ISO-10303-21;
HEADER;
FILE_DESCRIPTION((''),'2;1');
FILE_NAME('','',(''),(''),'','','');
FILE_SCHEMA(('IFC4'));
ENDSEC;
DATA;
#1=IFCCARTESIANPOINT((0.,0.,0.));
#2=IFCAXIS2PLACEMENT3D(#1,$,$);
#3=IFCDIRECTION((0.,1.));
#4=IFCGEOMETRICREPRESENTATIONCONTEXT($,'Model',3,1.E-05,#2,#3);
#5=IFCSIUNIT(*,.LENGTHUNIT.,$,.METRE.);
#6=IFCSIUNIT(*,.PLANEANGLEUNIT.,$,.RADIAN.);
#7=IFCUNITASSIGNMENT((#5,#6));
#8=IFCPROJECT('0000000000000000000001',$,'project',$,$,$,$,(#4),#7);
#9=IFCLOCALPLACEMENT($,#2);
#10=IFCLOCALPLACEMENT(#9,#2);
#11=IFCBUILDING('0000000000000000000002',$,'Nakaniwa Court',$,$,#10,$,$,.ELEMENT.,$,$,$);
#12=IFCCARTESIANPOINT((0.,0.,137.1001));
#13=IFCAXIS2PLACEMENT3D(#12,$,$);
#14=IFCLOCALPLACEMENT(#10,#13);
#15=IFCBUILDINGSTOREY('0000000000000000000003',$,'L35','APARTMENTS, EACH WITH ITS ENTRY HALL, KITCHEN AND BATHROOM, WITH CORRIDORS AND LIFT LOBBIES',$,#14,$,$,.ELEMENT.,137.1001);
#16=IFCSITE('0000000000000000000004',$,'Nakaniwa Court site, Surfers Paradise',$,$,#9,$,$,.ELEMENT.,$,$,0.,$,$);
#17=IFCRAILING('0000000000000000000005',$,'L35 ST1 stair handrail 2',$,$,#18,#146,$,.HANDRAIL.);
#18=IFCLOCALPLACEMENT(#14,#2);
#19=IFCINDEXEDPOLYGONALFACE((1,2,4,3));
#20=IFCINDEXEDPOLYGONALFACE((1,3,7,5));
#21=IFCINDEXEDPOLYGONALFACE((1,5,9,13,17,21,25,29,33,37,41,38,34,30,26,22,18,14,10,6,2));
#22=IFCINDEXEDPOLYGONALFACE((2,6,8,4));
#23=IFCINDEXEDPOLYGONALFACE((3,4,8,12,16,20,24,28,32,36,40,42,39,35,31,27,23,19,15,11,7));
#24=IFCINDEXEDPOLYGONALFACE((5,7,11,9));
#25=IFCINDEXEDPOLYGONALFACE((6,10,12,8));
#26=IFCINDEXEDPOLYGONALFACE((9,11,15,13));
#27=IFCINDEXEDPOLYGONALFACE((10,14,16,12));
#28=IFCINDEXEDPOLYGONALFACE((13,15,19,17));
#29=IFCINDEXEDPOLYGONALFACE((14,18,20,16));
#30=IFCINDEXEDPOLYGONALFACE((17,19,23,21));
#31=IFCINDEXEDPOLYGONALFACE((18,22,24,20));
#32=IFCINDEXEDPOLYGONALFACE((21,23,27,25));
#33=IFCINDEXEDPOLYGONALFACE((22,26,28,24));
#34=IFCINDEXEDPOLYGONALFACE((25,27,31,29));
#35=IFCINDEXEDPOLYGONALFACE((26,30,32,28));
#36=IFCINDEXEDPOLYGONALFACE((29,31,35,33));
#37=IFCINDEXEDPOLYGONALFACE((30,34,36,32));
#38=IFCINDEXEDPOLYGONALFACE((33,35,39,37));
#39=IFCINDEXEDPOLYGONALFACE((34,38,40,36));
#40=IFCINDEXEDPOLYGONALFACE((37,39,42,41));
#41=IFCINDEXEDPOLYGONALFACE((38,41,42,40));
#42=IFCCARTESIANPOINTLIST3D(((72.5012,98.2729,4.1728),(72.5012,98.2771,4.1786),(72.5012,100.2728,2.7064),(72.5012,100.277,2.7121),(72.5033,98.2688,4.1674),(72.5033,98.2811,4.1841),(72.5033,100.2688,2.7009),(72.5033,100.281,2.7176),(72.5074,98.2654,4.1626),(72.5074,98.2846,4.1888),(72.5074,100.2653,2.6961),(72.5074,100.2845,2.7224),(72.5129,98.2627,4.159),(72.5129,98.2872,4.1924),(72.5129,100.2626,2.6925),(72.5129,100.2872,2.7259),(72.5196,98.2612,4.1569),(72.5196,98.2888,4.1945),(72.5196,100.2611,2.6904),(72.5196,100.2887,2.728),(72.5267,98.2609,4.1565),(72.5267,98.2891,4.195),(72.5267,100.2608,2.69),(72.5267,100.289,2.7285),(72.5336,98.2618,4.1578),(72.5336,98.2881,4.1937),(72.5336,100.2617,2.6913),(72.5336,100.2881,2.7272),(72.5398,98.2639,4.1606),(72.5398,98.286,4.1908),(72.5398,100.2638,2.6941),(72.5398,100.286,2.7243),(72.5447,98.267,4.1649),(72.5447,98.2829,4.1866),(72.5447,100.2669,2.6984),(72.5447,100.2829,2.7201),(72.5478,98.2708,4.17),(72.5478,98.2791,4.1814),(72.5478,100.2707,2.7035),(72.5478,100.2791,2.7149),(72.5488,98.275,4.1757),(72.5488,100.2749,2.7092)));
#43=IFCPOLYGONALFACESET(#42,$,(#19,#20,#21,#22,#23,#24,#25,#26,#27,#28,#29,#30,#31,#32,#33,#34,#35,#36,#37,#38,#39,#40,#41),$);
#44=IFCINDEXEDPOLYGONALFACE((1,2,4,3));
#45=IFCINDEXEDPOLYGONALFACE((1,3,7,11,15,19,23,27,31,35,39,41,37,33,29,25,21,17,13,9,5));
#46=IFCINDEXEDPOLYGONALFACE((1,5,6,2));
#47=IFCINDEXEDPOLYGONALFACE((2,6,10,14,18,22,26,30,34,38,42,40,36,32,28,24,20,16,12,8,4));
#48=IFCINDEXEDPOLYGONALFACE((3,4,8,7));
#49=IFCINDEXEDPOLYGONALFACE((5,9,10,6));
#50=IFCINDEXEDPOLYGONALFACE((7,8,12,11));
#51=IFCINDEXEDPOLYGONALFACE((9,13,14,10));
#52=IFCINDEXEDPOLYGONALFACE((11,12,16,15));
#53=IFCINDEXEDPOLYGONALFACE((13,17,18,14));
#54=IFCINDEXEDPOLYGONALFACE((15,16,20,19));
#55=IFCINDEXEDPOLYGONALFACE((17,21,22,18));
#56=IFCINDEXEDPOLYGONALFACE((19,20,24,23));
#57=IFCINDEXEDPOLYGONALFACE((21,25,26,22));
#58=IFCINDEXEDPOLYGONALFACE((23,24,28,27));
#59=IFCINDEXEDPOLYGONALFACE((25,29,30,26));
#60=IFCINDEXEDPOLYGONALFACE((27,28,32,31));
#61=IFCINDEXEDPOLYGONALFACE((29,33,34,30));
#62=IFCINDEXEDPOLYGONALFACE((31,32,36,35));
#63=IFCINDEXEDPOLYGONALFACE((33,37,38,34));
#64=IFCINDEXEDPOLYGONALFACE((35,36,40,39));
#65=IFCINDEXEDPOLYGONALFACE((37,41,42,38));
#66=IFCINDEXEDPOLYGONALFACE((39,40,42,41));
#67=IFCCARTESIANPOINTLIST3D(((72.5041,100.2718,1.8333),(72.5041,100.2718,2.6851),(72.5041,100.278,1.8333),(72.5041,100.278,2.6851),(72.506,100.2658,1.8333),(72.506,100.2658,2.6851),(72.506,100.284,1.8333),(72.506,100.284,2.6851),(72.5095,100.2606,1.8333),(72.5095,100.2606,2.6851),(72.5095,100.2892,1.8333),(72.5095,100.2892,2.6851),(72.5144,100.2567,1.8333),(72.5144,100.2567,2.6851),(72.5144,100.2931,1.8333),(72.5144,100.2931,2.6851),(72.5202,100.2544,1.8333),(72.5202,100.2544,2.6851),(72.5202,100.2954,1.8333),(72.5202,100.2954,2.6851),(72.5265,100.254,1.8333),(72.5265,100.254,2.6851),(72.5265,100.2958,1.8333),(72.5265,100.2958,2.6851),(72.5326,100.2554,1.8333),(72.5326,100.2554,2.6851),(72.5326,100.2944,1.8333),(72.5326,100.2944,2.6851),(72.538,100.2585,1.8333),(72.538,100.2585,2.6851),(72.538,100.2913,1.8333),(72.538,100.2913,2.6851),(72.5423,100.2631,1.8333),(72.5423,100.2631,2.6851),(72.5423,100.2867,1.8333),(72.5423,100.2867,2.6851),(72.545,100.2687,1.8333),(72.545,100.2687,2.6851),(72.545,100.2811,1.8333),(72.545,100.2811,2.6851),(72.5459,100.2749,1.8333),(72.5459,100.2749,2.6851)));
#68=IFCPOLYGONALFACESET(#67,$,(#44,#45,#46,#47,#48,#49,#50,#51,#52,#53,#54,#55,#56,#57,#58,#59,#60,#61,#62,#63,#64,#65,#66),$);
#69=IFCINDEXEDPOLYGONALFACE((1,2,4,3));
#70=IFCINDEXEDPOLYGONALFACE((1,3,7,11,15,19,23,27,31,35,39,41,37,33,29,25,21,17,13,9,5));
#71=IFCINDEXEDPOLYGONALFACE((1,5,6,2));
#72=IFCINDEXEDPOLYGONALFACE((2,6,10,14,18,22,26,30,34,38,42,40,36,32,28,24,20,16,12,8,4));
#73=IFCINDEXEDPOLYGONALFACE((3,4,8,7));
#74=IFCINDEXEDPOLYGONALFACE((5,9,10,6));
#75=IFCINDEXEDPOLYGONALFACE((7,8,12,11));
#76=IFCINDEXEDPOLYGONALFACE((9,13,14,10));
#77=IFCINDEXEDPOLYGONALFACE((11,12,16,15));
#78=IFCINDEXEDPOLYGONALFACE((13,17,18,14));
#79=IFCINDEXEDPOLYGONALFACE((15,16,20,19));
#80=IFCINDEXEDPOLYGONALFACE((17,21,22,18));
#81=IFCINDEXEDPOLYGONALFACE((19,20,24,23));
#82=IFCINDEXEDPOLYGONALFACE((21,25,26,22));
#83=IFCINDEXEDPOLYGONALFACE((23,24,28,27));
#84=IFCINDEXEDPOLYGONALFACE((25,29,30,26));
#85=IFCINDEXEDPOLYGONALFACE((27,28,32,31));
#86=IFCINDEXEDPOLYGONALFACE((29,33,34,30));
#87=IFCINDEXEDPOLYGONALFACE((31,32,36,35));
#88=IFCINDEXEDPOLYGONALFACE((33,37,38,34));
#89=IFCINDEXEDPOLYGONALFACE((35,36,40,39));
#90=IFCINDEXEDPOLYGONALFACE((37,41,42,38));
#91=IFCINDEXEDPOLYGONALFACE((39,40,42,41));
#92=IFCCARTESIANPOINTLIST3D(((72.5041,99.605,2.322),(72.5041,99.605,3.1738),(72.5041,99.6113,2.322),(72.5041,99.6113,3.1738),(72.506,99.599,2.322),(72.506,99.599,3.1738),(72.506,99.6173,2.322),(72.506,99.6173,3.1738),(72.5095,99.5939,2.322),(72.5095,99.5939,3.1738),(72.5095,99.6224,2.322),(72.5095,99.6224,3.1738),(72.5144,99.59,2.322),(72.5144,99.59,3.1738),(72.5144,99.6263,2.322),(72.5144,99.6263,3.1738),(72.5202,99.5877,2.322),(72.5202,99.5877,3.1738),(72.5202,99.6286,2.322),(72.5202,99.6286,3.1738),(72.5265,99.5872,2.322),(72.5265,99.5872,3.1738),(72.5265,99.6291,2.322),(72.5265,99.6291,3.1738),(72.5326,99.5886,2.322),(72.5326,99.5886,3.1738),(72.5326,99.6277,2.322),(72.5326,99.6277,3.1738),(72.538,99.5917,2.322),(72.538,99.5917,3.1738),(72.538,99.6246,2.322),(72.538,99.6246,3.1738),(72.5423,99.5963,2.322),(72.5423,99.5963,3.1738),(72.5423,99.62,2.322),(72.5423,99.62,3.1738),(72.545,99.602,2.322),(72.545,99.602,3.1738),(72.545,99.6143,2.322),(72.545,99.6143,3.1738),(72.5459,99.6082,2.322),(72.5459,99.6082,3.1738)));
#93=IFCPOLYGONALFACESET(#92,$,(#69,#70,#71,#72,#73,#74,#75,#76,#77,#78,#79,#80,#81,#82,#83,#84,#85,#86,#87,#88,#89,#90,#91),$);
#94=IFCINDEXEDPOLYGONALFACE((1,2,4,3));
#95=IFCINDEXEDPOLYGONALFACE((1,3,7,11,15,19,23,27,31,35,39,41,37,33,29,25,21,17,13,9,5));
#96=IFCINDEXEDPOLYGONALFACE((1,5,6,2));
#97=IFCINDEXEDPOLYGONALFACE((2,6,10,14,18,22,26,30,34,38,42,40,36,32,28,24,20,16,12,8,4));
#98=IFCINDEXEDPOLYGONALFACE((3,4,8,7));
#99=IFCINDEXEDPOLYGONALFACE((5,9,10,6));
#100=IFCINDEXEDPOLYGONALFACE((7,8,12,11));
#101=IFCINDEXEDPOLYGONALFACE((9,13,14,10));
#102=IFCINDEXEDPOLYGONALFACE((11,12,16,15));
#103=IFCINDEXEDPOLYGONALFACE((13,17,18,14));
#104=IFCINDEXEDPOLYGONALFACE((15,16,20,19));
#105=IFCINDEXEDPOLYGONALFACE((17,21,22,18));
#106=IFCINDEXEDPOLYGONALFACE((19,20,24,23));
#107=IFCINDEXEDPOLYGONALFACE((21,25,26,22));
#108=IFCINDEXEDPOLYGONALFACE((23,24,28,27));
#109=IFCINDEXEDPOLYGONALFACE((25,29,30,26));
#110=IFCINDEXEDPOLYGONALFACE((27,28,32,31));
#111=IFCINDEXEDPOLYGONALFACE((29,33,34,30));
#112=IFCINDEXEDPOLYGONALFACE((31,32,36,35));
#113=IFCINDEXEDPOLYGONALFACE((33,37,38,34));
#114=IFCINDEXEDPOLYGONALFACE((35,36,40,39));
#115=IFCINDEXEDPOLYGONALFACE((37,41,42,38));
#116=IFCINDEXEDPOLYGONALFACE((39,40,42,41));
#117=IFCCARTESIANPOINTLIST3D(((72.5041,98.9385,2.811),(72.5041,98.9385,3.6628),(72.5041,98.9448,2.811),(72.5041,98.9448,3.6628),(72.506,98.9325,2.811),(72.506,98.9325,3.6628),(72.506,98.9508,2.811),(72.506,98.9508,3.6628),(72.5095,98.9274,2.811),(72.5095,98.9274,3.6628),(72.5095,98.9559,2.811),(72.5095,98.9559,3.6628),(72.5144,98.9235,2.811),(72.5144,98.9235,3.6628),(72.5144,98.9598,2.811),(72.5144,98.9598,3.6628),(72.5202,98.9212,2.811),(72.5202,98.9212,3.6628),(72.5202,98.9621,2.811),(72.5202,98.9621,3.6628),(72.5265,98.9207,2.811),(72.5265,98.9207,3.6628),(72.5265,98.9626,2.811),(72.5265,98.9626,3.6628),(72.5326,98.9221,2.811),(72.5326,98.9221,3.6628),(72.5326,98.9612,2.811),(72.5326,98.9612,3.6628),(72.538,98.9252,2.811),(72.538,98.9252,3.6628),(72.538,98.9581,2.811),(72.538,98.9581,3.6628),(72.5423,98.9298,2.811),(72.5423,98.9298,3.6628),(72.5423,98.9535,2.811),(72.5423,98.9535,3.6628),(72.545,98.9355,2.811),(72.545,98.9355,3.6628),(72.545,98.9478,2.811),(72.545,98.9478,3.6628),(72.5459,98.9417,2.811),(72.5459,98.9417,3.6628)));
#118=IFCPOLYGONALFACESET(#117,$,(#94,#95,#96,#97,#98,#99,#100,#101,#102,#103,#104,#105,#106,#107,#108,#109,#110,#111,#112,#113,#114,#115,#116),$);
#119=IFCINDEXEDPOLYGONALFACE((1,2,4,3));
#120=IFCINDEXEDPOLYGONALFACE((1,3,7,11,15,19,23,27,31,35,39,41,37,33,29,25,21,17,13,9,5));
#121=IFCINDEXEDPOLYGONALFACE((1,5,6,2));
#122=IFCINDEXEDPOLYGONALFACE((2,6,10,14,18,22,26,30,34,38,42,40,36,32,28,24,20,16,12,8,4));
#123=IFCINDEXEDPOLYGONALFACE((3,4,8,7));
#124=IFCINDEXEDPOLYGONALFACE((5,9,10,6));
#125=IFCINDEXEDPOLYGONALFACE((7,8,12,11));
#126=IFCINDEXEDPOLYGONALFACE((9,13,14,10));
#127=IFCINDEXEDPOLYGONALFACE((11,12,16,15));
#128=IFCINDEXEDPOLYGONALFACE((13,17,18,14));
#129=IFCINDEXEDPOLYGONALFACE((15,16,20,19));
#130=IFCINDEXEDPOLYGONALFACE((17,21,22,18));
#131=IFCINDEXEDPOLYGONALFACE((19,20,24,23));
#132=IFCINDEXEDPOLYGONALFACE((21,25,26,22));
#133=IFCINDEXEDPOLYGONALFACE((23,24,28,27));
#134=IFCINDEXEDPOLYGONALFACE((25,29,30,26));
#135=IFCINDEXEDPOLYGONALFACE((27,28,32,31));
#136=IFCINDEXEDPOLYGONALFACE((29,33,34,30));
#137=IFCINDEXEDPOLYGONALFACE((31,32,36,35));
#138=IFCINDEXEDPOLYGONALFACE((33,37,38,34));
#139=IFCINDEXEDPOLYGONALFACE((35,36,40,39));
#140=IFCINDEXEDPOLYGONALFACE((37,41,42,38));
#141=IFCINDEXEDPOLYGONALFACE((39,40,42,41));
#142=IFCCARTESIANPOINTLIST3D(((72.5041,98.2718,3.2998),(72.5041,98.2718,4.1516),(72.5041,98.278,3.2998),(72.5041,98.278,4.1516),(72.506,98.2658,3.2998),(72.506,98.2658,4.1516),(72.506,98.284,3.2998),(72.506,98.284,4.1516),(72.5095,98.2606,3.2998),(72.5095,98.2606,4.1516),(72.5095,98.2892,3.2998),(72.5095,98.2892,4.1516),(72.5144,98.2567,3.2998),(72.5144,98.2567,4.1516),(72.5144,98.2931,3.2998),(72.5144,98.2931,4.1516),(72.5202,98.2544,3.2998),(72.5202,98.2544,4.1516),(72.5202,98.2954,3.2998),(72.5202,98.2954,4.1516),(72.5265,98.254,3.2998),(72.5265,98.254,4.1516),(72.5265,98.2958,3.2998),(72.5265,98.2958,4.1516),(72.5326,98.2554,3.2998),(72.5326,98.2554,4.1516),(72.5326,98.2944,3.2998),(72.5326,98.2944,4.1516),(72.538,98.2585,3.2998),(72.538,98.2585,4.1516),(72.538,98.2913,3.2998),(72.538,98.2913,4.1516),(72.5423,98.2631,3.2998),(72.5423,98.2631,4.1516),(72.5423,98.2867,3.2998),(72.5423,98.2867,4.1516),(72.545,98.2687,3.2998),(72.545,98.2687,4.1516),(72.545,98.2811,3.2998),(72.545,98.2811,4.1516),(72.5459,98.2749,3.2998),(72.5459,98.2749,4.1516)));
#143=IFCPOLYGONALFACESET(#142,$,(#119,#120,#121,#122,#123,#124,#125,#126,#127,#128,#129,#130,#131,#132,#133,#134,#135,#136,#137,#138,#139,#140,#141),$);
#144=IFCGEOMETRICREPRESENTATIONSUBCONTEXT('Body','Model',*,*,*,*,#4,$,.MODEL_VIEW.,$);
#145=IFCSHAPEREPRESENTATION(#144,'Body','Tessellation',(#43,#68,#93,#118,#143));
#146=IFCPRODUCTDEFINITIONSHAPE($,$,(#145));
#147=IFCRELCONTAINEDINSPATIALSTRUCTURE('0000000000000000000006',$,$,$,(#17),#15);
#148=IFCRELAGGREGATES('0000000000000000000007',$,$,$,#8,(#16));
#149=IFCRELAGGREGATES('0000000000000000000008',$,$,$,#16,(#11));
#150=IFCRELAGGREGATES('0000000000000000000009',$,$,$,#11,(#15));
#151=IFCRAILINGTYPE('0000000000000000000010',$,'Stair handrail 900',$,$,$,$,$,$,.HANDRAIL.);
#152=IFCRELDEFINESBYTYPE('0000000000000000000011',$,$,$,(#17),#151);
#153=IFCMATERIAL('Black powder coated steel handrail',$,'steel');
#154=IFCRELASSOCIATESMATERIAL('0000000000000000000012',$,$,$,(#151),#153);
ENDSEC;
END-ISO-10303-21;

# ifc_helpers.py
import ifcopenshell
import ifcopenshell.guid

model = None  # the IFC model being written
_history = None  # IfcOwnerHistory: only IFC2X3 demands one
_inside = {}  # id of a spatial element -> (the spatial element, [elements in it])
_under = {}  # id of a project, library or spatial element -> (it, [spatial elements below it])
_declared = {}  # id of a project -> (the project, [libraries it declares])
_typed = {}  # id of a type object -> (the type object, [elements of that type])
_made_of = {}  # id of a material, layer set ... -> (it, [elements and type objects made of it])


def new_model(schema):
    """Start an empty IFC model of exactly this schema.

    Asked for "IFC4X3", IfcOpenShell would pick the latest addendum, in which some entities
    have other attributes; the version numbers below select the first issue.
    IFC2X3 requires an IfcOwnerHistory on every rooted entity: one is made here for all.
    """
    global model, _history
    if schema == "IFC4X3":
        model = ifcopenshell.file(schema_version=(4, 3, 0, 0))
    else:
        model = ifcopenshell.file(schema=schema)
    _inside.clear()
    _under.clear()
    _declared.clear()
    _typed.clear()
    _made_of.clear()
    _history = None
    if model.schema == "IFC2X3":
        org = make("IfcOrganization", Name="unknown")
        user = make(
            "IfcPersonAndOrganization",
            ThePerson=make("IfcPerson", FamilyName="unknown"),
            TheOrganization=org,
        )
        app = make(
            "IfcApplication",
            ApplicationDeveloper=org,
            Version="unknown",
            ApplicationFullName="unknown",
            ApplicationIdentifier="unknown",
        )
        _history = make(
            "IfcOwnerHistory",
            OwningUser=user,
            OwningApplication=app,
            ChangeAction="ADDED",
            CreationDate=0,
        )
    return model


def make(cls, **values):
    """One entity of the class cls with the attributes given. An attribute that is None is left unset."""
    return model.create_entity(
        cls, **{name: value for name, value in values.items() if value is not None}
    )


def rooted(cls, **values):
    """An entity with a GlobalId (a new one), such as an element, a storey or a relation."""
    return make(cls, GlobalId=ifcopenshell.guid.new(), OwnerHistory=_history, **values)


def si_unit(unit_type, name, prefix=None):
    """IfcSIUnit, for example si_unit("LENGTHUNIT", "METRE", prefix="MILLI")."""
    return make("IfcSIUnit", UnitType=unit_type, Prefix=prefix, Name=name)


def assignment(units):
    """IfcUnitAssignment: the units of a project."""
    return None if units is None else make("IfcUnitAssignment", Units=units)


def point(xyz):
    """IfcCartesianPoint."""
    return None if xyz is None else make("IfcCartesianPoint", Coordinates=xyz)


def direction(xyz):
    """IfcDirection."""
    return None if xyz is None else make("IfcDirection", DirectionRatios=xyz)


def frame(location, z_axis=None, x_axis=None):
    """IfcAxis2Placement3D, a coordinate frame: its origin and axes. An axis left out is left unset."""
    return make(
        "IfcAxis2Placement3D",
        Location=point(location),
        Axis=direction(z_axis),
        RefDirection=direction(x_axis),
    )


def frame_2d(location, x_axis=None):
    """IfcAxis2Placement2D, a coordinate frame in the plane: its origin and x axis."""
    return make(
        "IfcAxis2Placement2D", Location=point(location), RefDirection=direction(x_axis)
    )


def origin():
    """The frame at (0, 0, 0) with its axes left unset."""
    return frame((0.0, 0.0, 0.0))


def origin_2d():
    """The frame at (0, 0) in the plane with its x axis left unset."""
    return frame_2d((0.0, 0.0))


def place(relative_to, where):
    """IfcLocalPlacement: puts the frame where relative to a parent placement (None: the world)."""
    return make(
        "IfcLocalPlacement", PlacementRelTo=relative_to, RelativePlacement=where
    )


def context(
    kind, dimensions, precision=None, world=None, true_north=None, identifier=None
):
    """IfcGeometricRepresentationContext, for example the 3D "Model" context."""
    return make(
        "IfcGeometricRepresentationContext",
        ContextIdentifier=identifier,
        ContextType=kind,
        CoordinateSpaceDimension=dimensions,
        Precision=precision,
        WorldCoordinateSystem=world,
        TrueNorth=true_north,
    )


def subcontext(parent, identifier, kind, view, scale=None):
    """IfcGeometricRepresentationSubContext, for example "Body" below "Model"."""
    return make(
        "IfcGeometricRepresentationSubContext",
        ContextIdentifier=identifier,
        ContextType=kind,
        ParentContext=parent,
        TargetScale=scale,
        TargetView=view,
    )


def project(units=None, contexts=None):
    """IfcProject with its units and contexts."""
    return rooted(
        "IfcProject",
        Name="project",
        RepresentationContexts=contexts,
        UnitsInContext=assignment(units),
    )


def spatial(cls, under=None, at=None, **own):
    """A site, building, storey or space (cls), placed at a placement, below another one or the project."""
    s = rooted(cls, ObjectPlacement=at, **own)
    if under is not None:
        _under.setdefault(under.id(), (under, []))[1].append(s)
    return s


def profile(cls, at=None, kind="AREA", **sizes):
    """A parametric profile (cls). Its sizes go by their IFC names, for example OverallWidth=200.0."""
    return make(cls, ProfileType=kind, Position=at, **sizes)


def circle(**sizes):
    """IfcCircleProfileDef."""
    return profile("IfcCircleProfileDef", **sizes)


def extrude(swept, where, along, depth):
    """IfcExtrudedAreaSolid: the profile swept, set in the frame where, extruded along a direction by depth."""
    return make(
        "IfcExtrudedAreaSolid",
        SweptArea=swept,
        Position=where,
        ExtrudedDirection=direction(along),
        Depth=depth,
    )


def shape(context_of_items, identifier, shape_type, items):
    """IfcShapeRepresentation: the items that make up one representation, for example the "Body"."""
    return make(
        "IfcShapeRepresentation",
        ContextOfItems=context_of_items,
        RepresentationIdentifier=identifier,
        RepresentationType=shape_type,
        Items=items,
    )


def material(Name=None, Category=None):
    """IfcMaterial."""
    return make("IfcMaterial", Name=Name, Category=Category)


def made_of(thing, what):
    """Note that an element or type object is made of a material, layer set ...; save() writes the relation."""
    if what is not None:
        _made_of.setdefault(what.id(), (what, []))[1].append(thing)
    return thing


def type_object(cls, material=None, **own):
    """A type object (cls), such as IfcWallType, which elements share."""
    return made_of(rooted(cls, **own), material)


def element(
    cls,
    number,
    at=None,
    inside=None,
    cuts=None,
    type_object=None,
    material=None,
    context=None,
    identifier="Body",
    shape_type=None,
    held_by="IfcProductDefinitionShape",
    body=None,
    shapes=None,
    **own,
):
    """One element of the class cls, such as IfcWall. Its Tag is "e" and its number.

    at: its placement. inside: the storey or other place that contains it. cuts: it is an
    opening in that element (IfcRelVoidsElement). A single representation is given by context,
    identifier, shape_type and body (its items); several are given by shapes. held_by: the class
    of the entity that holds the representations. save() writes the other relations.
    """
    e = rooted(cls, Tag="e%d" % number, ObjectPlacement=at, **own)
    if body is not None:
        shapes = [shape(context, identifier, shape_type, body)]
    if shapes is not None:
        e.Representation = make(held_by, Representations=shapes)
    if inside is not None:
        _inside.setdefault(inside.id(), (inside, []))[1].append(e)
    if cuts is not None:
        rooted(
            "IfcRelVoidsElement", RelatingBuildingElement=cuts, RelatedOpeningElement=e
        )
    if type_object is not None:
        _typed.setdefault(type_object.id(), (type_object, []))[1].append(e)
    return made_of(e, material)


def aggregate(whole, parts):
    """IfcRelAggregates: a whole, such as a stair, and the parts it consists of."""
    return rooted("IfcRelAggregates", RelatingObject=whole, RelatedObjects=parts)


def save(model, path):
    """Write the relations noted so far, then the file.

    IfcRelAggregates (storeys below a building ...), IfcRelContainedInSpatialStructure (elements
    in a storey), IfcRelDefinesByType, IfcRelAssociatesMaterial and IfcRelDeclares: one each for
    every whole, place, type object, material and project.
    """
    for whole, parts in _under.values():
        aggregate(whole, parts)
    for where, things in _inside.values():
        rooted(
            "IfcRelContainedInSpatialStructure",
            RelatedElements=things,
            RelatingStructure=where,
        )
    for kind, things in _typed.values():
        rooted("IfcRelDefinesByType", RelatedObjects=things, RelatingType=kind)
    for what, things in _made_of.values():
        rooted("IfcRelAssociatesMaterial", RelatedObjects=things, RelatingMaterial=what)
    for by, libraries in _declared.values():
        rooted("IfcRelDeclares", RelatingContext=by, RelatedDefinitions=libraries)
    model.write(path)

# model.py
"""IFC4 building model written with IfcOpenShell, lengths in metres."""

from ifc_helpers import new_model, si_unit, direction, frame, origin, origin_2d, place, context, subcontext, project, spatial, circle, extrude, material, type_object, element, save


model = new_model("IFC4")

# Units and contexts
model_context = context("Model", 3, precision=1e-05, world=origin(), true_north=direction((0.0, 1.0)))
body_context = subcontext(model_context, "Body", "Model", "MODEL_VIEW")
ifc_project = project(units=[si_unit("LENGTHUNIT", "METRE"), si_unit("PLANEANGLEUNIT", "RADIAN")], contexts=[model_context])

# Site, building, storey
site_placement = place(None, origin())
site = spatial("IfcSite", under=ifc_project, at=site_placement, Name="Nakaniwa Court site, Surfers Paradise", CompositionType="ELEMENT", RefElevation=0.0)
building_placement = place(site_placement, origin())
building = spatial("IfcBuilding", under=site, at=building_placement, Name="Nakaniwa Court", CompositionType="ELEMENT")
storey_placement = place(building_placement, frame((0.0, 0.0, 137.1001)))
storey = spatial("IfcBuildingStorey", under=building, at=storey_placement, Name="L35", Description="APARTMENTS, EACH WITH ITS ENTRY HALL, KITCHEN AND BATHROOM, WITH CORRIDORS AND LIFT LOBBIES", CompositionType="ELEMENT", Elevation=137.1001)

# Railing
ifc_material_1 = material(Name="Black powder coated steel handrail", Category="steel")
railing_type_1 = type_object("IfcRailingType", Name="Stair handrail 900", PredefinedType="HANDRAIL", material=ifc_material_1)
railing_1_placement = place(storey_placement, frame((72.5249, 100.2749, 1.8333)))
element("IfcRailing", 1, at=railing_1_placement, inside=storey, type_object=railing_type_1, Name="L35 ST1 stair handrail 2", PredefinedType="HANDRAIL", context=body_context, shape_type="SweptSolid", body=[
    extrude(circle(Radius=0.0239, at=origin_2d()), frame((0.0, 0.0, 0.876), z_axis=(0.0, -0.806427, 0.591334), x_axis=(1.0, 0.0, 0.0)), (0.0, 0.0, 1.0), 2.48),
    extrude(circle(Radius=0.021, at=origin_2d()), origin(), (0.0, 0.0, 1.0), 0.8518),
    extrude(circle(Radius=0.021, at=origin_2d()), frame((0.0, -0.6667, 0.4888)), (0.0, 0.0, 1.0), 0.8518),
    extrude(circle(Radius=0.021, at=origin_2d()), frame((0.0, -1.3333, 0.9778)), (0.0, 0.0, 1.0), 0.8518),
    extrude(circle(Radius=0.021, at=origin_2d()), frame((0.0, -2.0, 1.4666)), (0.0, 0.0, 1.0), 0.8518),
])

save(model, "model.ifc")
